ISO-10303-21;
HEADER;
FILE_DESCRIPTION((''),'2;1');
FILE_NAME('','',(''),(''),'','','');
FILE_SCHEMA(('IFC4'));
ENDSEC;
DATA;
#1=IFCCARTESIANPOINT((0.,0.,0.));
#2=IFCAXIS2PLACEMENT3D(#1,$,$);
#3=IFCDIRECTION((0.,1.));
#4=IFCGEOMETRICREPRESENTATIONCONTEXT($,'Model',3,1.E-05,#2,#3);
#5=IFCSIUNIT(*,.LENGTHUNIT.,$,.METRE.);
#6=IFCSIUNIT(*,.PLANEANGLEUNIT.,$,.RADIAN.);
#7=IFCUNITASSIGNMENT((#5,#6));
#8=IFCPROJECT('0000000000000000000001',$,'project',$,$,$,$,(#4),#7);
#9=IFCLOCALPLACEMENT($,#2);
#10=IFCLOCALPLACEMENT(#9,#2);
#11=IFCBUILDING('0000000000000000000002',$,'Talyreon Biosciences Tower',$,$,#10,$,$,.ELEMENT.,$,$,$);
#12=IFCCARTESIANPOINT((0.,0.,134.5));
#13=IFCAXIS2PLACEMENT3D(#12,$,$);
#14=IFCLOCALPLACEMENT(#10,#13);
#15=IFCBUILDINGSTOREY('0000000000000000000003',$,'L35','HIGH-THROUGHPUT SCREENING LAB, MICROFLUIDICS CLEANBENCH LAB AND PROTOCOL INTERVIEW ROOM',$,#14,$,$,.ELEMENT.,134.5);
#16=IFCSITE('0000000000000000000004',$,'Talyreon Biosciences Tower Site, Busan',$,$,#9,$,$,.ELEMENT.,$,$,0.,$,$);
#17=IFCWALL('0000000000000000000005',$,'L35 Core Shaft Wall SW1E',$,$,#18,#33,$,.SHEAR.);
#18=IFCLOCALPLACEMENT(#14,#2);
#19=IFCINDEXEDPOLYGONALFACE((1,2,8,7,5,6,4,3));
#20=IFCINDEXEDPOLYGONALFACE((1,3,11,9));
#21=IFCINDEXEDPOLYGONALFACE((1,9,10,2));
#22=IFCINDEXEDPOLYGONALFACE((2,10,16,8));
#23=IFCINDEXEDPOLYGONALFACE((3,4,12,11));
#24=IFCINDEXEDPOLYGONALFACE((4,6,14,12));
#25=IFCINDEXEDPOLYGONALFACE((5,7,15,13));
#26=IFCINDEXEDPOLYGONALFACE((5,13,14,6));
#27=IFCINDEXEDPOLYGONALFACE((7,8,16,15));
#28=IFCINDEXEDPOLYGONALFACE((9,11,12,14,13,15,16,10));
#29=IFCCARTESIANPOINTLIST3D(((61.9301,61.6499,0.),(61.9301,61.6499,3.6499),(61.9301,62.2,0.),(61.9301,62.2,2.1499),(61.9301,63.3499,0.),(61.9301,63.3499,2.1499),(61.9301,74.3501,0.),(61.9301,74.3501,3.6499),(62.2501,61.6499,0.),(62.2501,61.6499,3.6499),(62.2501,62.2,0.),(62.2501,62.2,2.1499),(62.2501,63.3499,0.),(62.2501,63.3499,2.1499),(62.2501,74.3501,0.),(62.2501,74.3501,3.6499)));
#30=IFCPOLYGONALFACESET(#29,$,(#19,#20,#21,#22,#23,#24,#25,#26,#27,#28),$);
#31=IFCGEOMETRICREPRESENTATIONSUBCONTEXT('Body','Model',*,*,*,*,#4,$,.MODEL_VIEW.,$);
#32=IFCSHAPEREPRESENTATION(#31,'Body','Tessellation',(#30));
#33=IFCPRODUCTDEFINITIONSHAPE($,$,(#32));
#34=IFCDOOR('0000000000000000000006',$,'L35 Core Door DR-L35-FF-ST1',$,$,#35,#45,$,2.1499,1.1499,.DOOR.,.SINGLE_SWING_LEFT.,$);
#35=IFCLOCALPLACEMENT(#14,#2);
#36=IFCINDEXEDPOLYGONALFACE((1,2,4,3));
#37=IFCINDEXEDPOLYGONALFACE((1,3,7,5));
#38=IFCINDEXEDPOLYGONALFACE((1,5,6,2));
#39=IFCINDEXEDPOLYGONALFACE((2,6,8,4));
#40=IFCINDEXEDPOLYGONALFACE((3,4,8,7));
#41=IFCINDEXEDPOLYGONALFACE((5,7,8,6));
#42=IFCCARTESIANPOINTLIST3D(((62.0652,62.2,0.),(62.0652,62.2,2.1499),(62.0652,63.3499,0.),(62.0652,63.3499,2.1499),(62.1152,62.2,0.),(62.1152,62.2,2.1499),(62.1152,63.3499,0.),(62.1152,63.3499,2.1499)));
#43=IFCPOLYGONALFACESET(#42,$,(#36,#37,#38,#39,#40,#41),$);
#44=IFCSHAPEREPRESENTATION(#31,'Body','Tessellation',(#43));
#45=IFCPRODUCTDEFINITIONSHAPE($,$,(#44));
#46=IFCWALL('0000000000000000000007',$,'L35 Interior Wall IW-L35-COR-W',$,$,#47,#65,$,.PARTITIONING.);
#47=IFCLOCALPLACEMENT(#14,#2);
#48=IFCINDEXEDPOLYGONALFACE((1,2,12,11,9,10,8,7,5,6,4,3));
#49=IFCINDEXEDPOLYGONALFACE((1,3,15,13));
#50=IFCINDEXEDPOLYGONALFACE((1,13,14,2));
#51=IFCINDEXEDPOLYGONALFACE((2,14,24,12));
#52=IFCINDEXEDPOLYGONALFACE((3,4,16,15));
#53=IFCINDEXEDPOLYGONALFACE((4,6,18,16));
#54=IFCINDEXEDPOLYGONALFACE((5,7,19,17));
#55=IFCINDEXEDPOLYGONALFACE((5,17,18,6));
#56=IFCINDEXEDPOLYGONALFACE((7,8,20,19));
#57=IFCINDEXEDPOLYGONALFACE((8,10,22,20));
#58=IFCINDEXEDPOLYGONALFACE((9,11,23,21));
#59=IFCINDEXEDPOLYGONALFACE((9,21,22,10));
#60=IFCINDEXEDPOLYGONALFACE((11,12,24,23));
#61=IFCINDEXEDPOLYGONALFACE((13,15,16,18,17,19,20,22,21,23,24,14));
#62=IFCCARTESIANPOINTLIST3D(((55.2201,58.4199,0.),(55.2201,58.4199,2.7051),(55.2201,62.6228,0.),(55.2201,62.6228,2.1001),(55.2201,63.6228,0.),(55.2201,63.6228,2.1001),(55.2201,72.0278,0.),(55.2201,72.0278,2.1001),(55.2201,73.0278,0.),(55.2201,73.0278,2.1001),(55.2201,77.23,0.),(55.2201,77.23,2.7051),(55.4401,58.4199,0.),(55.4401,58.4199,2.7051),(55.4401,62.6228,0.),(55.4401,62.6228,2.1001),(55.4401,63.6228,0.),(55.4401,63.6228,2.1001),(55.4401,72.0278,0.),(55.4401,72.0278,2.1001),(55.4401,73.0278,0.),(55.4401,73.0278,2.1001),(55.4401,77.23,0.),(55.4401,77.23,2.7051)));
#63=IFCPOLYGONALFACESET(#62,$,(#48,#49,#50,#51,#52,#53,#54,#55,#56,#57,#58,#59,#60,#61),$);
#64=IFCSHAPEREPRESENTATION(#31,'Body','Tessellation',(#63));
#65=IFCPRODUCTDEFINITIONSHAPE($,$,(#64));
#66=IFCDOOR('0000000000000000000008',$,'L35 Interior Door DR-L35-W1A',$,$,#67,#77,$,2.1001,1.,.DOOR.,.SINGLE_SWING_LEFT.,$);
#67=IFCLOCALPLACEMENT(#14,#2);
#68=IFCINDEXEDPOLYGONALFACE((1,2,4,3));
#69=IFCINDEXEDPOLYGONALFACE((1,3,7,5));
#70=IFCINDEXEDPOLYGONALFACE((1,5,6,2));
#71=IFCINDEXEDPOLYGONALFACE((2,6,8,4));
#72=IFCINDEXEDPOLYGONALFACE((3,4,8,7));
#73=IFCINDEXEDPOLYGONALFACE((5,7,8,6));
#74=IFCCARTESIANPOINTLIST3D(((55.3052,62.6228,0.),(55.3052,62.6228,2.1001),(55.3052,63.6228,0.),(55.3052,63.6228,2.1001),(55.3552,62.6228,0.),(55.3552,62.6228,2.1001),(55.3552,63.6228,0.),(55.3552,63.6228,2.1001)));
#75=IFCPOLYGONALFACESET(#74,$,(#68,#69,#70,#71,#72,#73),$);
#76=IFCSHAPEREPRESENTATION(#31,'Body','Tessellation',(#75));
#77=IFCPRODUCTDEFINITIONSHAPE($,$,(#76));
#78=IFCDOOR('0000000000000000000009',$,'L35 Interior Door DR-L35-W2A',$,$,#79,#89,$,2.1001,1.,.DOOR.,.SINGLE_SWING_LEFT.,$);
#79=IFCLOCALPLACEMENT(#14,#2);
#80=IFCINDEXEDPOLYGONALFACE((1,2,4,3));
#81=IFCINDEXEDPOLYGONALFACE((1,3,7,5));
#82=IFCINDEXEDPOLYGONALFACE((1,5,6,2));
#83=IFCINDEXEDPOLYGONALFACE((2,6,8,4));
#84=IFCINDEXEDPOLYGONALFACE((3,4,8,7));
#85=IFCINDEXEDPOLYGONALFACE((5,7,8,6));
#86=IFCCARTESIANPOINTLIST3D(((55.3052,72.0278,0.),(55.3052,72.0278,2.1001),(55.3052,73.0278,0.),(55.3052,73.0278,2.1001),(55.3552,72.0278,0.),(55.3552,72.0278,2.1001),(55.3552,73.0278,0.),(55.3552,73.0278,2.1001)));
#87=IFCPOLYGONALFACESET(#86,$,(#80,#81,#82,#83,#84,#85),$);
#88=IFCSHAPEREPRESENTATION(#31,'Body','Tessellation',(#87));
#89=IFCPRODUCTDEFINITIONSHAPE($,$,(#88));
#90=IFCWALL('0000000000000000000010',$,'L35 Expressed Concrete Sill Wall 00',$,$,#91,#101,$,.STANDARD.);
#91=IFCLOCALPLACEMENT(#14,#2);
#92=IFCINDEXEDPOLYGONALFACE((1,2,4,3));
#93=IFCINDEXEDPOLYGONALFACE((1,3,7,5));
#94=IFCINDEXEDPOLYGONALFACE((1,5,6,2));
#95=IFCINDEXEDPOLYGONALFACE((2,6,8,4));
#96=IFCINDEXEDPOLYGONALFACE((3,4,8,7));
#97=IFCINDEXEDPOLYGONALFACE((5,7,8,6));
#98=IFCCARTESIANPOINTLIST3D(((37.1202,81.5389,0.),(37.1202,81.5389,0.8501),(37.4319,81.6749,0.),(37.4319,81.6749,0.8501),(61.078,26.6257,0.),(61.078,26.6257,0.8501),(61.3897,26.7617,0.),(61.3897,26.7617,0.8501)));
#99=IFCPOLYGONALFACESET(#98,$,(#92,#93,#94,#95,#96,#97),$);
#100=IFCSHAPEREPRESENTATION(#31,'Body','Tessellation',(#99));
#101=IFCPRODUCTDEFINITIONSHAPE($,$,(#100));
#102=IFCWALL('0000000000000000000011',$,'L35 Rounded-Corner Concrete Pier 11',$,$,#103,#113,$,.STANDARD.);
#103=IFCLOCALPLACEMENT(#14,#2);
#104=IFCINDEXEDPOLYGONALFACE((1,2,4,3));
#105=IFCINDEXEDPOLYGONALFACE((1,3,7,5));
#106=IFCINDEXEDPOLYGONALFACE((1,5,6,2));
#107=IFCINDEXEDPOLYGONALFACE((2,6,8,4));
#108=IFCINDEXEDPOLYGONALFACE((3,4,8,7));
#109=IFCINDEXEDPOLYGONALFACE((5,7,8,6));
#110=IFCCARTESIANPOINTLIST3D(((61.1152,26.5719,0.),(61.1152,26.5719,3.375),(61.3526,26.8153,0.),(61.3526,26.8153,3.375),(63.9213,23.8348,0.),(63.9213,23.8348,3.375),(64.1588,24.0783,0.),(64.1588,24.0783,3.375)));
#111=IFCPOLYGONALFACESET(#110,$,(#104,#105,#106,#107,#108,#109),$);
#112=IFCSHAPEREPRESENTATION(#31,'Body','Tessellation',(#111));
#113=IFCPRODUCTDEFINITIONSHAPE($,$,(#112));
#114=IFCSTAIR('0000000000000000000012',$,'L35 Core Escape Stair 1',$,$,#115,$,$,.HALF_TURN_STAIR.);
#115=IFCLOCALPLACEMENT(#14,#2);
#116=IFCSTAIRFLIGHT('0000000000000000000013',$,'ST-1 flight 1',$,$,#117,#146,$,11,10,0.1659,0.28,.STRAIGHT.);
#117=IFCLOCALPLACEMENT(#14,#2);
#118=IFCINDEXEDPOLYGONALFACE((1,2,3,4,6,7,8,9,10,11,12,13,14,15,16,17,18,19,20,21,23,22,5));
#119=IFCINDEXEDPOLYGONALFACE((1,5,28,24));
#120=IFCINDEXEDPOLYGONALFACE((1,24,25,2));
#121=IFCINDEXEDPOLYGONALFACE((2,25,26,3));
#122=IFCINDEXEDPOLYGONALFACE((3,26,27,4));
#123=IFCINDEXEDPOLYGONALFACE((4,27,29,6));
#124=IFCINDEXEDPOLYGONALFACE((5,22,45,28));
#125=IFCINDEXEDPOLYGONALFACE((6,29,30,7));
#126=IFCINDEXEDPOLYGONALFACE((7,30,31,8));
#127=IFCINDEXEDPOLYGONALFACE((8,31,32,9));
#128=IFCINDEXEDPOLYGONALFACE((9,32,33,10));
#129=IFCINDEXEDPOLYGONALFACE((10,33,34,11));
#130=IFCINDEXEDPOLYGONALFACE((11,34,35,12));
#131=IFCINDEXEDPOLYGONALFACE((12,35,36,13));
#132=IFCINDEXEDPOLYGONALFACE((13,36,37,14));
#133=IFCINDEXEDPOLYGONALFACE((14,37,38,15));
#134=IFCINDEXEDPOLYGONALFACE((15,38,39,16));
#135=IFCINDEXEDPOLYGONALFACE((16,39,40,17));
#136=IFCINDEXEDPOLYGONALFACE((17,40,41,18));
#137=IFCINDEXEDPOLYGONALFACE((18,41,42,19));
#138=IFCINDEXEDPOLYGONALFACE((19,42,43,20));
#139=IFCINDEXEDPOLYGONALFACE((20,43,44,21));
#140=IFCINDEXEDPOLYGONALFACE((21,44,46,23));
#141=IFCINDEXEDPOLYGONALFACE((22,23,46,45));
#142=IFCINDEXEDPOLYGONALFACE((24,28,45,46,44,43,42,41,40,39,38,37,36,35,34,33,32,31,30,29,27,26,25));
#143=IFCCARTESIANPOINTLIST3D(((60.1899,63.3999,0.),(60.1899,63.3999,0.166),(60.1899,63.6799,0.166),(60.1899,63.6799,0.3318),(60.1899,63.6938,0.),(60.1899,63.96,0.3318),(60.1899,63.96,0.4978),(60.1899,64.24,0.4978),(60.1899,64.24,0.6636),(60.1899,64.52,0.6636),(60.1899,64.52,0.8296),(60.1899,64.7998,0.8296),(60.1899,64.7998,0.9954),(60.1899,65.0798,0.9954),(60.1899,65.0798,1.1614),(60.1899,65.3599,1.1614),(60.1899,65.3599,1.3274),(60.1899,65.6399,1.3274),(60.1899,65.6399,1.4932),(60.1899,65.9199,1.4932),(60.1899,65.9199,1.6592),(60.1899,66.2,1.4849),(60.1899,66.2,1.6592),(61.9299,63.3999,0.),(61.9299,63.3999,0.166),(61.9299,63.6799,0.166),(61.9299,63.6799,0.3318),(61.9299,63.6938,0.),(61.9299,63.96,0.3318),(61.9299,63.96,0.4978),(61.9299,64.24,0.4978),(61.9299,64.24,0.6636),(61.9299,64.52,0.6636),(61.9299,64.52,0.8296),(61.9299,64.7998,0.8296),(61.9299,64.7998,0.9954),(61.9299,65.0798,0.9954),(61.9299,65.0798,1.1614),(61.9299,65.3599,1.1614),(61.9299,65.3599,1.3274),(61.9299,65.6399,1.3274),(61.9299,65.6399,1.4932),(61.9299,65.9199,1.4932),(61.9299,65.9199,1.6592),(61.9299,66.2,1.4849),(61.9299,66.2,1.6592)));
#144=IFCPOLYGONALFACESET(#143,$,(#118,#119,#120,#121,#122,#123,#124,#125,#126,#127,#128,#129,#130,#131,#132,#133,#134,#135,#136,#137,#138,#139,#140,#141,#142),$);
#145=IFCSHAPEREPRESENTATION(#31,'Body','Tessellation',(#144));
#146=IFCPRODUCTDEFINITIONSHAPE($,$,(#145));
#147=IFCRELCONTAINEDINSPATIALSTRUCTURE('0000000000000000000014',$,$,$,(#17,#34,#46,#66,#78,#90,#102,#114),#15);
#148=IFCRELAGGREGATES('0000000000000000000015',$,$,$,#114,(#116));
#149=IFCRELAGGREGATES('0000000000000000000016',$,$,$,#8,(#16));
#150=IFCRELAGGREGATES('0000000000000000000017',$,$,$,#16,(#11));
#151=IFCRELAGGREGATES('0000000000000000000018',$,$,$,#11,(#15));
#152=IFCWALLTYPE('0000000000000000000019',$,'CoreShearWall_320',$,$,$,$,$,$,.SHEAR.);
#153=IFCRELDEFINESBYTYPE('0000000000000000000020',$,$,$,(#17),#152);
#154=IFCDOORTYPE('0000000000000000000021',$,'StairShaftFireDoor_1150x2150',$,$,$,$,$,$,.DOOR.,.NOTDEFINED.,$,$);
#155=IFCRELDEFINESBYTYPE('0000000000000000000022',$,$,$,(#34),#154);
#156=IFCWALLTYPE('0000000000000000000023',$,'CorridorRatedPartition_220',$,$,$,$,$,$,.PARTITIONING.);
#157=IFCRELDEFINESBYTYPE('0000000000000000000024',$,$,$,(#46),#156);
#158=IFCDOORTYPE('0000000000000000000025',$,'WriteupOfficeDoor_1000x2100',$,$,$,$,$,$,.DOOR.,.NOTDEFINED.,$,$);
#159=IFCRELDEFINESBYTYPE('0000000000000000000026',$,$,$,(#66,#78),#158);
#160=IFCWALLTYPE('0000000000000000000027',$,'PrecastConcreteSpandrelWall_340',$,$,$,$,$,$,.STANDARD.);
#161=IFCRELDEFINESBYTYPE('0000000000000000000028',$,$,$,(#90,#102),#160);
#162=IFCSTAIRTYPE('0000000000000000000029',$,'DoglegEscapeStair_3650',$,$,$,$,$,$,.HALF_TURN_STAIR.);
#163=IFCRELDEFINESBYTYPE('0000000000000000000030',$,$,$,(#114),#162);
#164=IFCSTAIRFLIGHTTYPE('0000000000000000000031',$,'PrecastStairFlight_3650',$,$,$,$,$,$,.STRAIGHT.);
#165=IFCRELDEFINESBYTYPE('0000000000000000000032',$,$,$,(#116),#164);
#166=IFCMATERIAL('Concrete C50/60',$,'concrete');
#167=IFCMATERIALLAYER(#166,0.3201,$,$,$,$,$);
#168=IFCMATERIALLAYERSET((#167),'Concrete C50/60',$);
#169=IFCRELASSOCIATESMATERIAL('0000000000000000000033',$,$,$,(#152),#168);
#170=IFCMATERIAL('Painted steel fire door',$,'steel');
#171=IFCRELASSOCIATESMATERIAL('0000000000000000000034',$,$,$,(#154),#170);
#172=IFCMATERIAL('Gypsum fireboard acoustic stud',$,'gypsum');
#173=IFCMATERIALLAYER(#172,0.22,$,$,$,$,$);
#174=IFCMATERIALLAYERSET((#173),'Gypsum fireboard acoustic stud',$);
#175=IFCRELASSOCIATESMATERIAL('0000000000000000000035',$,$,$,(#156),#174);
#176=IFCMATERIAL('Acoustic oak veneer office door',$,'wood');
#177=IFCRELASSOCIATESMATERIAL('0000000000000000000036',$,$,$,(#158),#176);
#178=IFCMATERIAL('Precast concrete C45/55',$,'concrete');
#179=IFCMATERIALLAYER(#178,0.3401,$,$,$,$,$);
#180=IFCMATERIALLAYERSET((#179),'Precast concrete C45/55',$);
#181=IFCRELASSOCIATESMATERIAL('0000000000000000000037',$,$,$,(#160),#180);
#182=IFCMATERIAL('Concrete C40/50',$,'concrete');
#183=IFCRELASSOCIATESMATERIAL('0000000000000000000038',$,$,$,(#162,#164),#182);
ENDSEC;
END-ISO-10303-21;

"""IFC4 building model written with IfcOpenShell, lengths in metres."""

from ifc_helpers import new_model, si_unit, direction, frame, frame_2d, origin, place, context, subcontext, project, spatial, polyline, rectangle, outline, extrude, material, layer, layer_set, type_object, element, fill, aggregate, save


model = new_model("IFC4")

# Units and contexts
model_context = context("Model", 3, precision=1e-05, world=origin(), true_north=direction((0.0, 1.0)))
body_context = subcontext(model_context, "Body", "Model", "MODEL_VIEW")
ifc_project = project(units=[si_unit("LENGTHUNIT", "METRE"), si_unit("PLANEANGLEUNIT", "RADIAN")], contexts=[model_context])

# Site, building, storey
site_placement = place(None, origin())
site = spatial("IfcSite", under=ifc_project, at=site_placement, Name="Talyreon Biosciences Tower Site, Busan", CompositionType="ELEMENT", RefElevation=0.0)
building_placement = place(site_placement, origin())
building = spatial("IfcBuilding", under=site, at=building_placement, Name="Talyreon Biosciences Tower", CompositionType="ELEMENT")
storey_placement = place(building_placement, frame((0.0, 0.0, 134.5)))
storey = spatial("IfcBuildingStorey", under=building, at=storey_placement, Name="L35", Description="HIGH-THROUGHPUT SCREENING LAB, MICROFLUIDICS CLEANBENCH LAB AND PROTOCOL INTERVIEW ROOM", CompositionType="ELEMENT", Elevation=134.5)

# Shared definitions
ifc_material_1 = material(Name="Concrete C50/60", Category="concrete")

# Shared definitions
ifc_material_2 = material(Name="Precast concrete C45/55", Category="concrete")

# Wall, opening, door
ifc_layer_1 = layer(ifc_material_1, 0.3201)
ifc_layer_set_1 = layer_set([ifc_layer_1], Name="Concrete C50/60")
wall_type_1 = type_object("IfcWallType", Name="CoreShearWall_320", PredefinedType="SHEAR", material=ifc_layer_set_1)
wall_1_placement = place(storey_placement, frame((62.0901, 61.6499, 0.0), z_axis=(0.0, 0.0, 1.0), x_axis=(0.0, 1.0, 0.0)))
wall_1 = element("IfcWall", 1, at=wall_1_placement, inside=storey, type_object=wall_type_1, Name="L35 Core Shaft Wall SW1E", PredefinedType="SHEAR", context=body_context, shape_type="SweptSolid", body=[
    extrude(rectangle(XDim=12.7002, YDim=0.3201, at=frame_2d((6.3501, 0.0))), origin(), (0.0, 0.0, 1.0), 3.6499),
])
opening_1_placement = place(wall_1_placement, frame((0.55, 0.0, 0.0)))
opening_1 = element("IfcOpeningElement", 2, at=opening_1_placement, cuts=wall_1, PredefinedType="OPENING", context=body_context, shape_type="SweptSolid", body=[
    extrude(rectangle(XDim=1.1499, YDim=2.1499, at=frame_2d((0.575, 1.075))), frame((0.0, 0.1699, 0.0), z_axis=(0.0, -1.0, 0.0), x_axis=(1.0, 0.0, 0.0)), (0.0, 0.0, 1.0), 0.3401),
])
ifc_material_3 = material(Name="Painted steel fire door", Category="steel")
door_type_1 = type_object("IfcDoorType", Name="StairShaftFireDoor_1150x2150", OperationType="NOTDEFINED", PredefinedType="DOOR", material=ifc_material_3)
door_1_placement = place(opening_1_placement, origin())
door_1 = element("IfcDoor", 3, at=door_1_placement, inside=storey, type_object=door_type_1, Name="L35 Core Door DR-L35-FF-ST1", OperationType="SINGLE_SWING_LEFT", OverallHeight=2.1499, OverallWidth=1.1499, PredefinedType="DOOR", context=body_context, shape_type="SweptSolid", body=[
    extrude(rectangle(XDim=1.1499, YDim=2.1499, at=frame_2d((0.575, 1.075))), frame((0.0, 0.0249, 0.0), z_axis=(0.0, -1.0, 0.0), x_axis=(1.0, 0.0, 0.0)), (0.0, 0.0, 1.0), 0.05),
])
fill(opening_1, door_1)

# Wall, openings, doors
ifc_material_4 = material(Name="Gypsum fireboard acoustic stud", Category="gypsum")
ifc_layer_2 = layer(ifc_material_4, 0.22)
ifc_layer_set_2 = layer_set([ifc_layer_2], Name="Gypsum fireboard acoustic stud")
wall_type_2 = type_object("IfcWallType", Name="CorridorRatedPartition_220", PredefinedType="PARTITIONING", material=ifc_layer_set_2)
wall_2_placement = place(storey_placement, frame((55.3301, 58.4199, 0.0), z_axis=(0.0, 0.0, 1.0), x_axis=(0.0, 1.0, 0.0)))
wall_2 = element("IfcWall", 4, at=wall_2_placement, inside=storey, type_object=wall_type_2, Name="L35 Interior Wall IW-L35-COR-W", PredefinedType="PARTITIONING", context=body_context, shape_type="SweptSolid", body=[
    extrude(rectangle(XDim=18.8101, YDim=0.22, at=frame_2d((9.405, 0.0))), origin(), (0.0, 0.0, 1.0), 2.7051),
])
opening_2_placement = place(wall_2_placement, frame((4.2029, 0.0, 0.0)))
opening_2 = element("IfcOpeningElement", 5, at=opening_2_placement, cuts=wall_2, PredefinedType="OPENING", context=body_context, shape_type="SweptSolid", body=[
    extrude(rectangle(XDim=1.0, YDim=2.1001, at=frame_2d((0.5, 1.05))), frame((0.0, 0.1199, 0.0), z_axis=(0.0, -1.0, 0.0), x_axis=(1.0, 0.0, 0.0)), (0.0, 0.0, 1.0), 0.24),
])
opening_3_placement = place(wall_2_placement, frame((13.6079, 0.0, 0.0)))
opening_3 = element("IfcOpeningElement", 6, at=opening_3_placement, cuts=wall_2, PredefinedType="OPENING", context=body_context, shape_type="SweptSolid", body=[
    extrude(rectangle(XDim=1.0, YDim=2.1001, at=frame_2d((0.5, 1.05))), frame((0.0, 0.1199, 0.0), z_axis=(0.0, -1.0, 0.0), x_axis=(1.0, 0.0, 0.0)), (0.0, 0.0, 1.0), 0.24),
])
ifc_material_5 = material(Name="Acoustic oak veneer office door", Category="wood")
door_type_2 = type_object("IfcDoorType", Name="WriteupOfficeDoor_1000x2100", OperationType="NOTDEFINED", PredefinedType="DOOR", material=ifc_material_5)
door_2_placement = place(opening_2_placement, origin())
door_2 = element("IfcDoor", 7, at=door_2_placement, inside=storey, type_object=door_type_2, Name="L35 Interior Door DR-L35-W1A", OperationType="SINGLE_SWING_LEFT", OverallHeight=2.1001, OverallWidth=1.0, PredefinedType="DOOR", context=body_context, shape_type="SweptSolid", body=[
    extrude(rectangle(XDim=1.0, YDim=2.1001, at=frame_2d((0.5, 1.05))), frame((0.0, 0.0249, 0.0), z_axis=(0.0, -1.0, 0.0), x_axis=(1.0, 0.0, 0.0)), (0.0, 0.0, 1.0), 0.05),
])
fill(opening_2, door_2)
door_3_placement = place(opening_3_placement, origin())
door_3 = element("IfcDoor", 8, at=door_3_placement, inside=storey, type_object=door_type_2, Name="L35 Interior Door DR-L35-W2A", OperationType="SINGLE_SWING_LEFT", OverallHeight=2.1001, OverallWidth=1.0, PredefinedType="DOOR", context=body_context, shape_type="SweptSolid", body=[
    extrude(rectangle(XDim=1.0, YDim=2.1001, at=frame_2d((0.5, 1.05))), frame((0.0, 0.0249, 0.0), z_axis=(0.0, -1.0, 0.0), x_axis=(1.0, 0.0, 0.0)), (0.0, 0.0, 1.0), 0.05),
])
fill(opening_3, door_3)

# Walls
ifc_layer_3 = layer(ifc_material_2, 0.3401)
ifc_layer_set_3 = layer_set([ifc_layer_3], Name="Precast concrete C45/55")
wall_type_3 = type_object("IfcWallType", Name="PrecastConcreteSpandrelWall_340", PredefinedType="STANDARD", material=ifc_layer_set_3)
wall_3_placement = place(storey_placement, frame((61.2339, 26.6936, 0.0), z_axis=(0.0, 0.0, 1.0), x_axis=(-0.399884, 0.916566, 0.0)))
element("IfcWall", 9, at=wall_3_placement, inside=storey, type_object=wall_type_3, Name="L35 Expressed Concrete Sill Wall 00", PredefinedType="STANDARD", context=body_context, shape_type="SweptSolid", body=[
    extrude(rectangle(XDim=59.9119, YDim=0.3401, at=frame_2d((29.9561, 0.0))), origin(), (0.0, 0.0, 1.0), 0.8501),
])
wall_4_placement = place(storey_placement, frame((64.04, 23.9565, 0.0), z_axis=(0.0, 0.0, 1.0), x_axis=(-0.715865, 0.698239, 0.0)))
element("IfcWall", 10, at=wall_4_placement, inside=storey, type_object=wall_type_3, Name="L35 Rounded-Corner Concrete Pier 11", PredefinedType="STANDARD", context=body_context, shape_type="SweptSolid", body=[
    extrude(rectangle(XDim=3.9199, YDim=0.3401, at=frame_2d((1.96, 0.0))), origin(), (0.0, 0.0, 1.0), 3.375),
])

# Stair, stair flight
ifc_material_6 = material(Name="Concrete C40/50", Category="concrete")
stair_type = type_object("IfcStairType", Name="DoglegEscapeStair_3650", PredefinedType="HALF_TURN_STAIR", material=ifc_material_6)
stair_placement = place(storey_placement, origin())
stair = element("IfcStair", 11, at=stair_placement, inside=storey, type_object=stair_type, Name="L35 Core Escape Stair 1", PredefinedType="HALF_TURN_STAIR")
stair_flight_type = type_object("IfcStairFlightType", Name="PrecastStairFlight_3650", PredefinedType="STRAIGHT", material=ifc_material_6)
stair_flight_placement = place(storey_placement, frame((61.0601, 63.3999, 0.0), z_axis=(0.0, 0.0, 1.0), x_axis=(0.0, 1.0, 0.0)))
stair_flight = element("IfcStairFlight", 12, at=stair_flight_placement, type_object=stair_flight_type, Name="ST-1 flight 1", NumberOfRisers=11, NumberOfTreads=10, PredefinedType="STRAIGHT", RiserHeight=0.1659, TreadLength=0.28, context=body_context, shape_type="SweptSolid", body=[
    extrude(outline(polyline([(0.0, 0.0), (0.0, 0.166), (0.28, 0.166), (0.28, 0.3318), (0.5601, 0.3318), (0.5601, 0.4978), (0.8401, 0.4978), (0.8401, 0.6636), (1.1201, 0.6636), (1.1201, 0.8296), (1.3999, 0.8296), (1.3999, 0.9954), (1.6799, 0.9954), (1.6799, 1.1614), (1.96, 1.1614), (1.96, 1.3274), (2.24, 1.3274), (2.24, 1.4932), (2.52, 1.4932), (2.52, 1.6592), (2.8, 1.6592), (2.8, 1.825), (2.8, 1.4849), (0.2939, 0.0), (0.0, 0.0)])), frame((0.0, 0.8701, 0.0), z_axis=(0.0, -1.0, 0.0), x_axis=(1.0, 0.0, 0.0)), (0.0, 0.0, 1.0), 1.74),
])
aggregate(stair, [stair_flight])

save(model, "model.ifc")
